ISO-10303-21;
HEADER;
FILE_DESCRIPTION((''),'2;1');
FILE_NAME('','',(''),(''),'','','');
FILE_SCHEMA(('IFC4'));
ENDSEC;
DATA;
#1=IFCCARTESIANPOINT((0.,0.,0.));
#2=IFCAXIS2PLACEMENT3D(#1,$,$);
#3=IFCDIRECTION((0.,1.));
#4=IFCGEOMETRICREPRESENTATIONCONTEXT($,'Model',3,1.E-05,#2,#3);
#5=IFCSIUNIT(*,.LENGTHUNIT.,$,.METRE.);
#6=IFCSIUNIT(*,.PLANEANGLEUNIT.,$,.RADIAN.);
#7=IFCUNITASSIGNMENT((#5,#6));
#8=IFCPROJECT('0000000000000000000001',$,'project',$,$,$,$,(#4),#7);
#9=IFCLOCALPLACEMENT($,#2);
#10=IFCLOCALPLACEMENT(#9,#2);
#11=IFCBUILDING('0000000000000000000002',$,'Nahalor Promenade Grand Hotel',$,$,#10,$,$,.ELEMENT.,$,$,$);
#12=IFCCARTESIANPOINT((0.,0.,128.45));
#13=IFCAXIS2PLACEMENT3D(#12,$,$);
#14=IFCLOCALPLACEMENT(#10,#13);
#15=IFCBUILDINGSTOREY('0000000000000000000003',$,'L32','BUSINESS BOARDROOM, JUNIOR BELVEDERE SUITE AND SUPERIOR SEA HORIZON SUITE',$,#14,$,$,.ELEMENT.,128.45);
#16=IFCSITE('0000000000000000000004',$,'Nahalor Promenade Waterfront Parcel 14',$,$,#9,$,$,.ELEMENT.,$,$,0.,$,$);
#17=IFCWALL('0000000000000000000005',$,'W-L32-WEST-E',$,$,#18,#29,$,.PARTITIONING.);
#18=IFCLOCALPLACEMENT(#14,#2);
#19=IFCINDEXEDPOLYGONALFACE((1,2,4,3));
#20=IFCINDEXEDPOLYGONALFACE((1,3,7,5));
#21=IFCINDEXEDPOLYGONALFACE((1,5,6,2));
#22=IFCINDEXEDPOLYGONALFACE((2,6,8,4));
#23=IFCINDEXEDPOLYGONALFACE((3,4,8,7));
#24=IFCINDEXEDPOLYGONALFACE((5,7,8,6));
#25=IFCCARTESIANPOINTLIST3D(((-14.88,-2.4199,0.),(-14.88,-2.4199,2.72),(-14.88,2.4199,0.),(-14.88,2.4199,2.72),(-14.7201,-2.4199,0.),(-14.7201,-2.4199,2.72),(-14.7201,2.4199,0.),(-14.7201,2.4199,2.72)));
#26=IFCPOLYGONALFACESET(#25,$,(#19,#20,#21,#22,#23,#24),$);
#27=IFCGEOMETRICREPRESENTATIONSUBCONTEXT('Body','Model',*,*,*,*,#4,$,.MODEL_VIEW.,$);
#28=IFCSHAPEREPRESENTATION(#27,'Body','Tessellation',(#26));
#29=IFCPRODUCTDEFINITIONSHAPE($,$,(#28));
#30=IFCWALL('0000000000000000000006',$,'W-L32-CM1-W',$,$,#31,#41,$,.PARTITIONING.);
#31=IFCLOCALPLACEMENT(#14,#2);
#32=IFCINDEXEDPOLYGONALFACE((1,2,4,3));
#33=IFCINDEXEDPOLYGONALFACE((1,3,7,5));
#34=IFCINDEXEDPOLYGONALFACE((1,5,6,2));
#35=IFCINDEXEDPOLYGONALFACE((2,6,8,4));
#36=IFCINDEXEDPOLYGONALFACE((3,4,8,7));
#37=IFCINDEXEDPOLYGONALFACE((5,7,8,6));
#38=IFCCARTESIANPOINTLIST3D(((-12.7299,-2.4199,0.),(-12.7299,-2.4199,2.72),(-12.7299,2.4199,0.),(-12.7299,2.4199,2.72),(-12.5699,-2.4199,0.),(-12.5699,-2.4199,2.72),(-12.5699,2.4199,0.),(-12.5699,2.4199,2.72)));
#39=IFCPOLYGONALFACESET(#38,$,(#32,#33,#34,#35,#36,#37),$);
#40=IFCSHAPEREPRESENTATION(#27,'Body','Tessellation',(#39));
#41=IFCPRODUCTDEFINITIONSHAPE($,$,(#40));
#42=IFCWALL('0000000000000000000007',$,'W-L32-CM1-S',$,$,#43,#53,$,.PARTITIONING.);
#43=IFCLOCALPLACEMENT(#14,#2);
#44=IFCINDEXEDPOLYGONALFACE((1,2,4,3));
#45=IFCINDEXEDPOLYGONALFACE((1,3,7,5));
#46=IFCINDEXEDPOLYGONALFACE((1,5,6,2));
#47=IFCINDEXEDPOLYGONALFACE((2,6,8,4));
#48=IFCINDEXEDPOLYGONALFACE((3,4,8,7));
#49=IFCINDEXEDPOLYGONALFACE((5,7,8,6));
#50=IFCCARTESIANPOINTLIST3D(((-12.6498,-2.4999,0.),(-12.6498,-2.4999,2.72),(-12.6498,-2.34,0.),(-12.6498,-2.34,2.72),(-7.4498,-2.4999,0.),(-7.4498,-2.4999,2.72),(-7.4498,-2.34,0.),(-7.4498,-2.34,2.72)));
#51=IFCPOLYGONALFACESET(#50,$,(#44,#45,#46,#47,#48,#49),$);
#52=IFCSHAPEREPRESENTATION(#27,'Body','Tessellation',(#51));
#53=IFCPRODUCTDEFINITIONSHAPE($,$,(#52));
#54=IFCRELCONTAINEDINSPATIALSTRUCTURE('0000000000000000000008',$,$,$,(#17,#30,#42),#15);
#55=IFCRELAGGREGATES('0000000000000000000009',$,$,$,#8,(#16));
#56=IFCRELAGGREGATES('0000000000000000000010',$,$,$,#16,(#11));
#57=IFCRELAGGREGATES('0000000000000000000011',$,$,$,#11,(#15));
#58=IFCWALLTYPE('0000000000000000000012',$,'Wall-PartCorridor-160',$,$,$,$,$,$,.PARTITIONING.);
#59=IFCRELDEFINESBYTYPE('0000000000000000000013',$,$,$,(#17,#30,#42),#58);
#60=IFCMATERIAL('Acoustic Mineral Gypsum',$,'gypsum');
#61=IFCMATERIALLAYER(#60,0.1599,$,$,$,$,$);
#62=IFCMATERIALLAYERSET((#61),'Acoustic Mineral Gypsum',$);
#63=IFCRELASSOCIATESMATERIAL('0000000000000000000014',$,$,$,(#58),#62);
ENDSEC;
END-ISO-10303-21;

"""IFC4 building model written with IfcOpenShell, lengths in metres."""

from ifc_helpers import new_model, si_unit, direction, frame, frame_2d, origin, place, context, subcontext, project, spatial, rectangle, extrude, source, transform, mapped, material, layer, layer_set, type_object, element, save


model = new_model("IFC4")

# Units and contexts
model_context = context("Model", 3, precision=1e-05, world=origin(), true_north=direction((0.0, 1.0)))
body_context = subcontext(model_context, "Body", "Model", "MODEL_VIEW")
ifc_project = project(units=[si_unit("LENGTHUNIT", "METRE"), si_unit("PLANEANGLEUNIT", "RADIAN")], contexts=[model_context])

# Site, building, storey
site_placement = place(None, origin())
site = spatial("IfcSite", under=ifc_project, at=site_placement, Name="Nahalor Promenade Waterfront Parcel 14", CompositionType="ELEMENT", RefElevation=0.0)
building_placement = place(site_placement, origin())
building = spatial("IfcBuilding", under=site, at=building_placement, Name="Nahalor Promenade Grand Hotel", CompositionType="ELEMENT")
storey_placement = place(building_placement, frame((0.0, 0.0, 128.45)))
storey = spatial("IfcBuildingStorey", under=building, at=storey_placement, Name="L32", Description="BUSINESS BOARDROOM, JUNIOR BELVEDERE SUITE AND SUPERIOR SEA HORIZON SUITE", CompositionType="ELEMENT", Elevation=128.45)

# Shared definitions
ifc_material_1 = material(Name="Acoustic Mineral Gypsum", Category="gypsum")
ifc_layer_1 = layer(ifc_material_1, 0.1599)
ifc_layer_set_1 = layer_set([ifc_layer_1], Name="Acoustic Mineral Gypsum")
wall_type = type_object("IfcWallType", Name="Wall-PartCorridor-160", PredefinedType="PARTITIONING", material=ifc_layer_set_1)

# Walls
shared_shape_1 = source(origin(), body_context, "Body", "SweptSolid", [
    extrude(rectangle(XDim=4.8398, YDim=0.1599, at=frame_2d((2.4199, 0.0))), origin(), (0.0, 0.0, 1.0), 2.72),
])
for number, where, z_axis, x_axis, name in (
    (1, (-14.8, -2.4199, 0.0), (0.0, 0.0, 1.0), (0.0, 1.0, 0.0), "W-L32-WEST-E"),
    (2, (-12.6499, -2.4199, 0.0), (0.0, 0.0, 1.0), (0.0, 1.0, 0.0), "W-L32-CM1-W"),
):
    element("IfcWall", number, at=place(storey_placement, frame(where, z_axis=z_axis, x_axis=x_axis)), inside=storey, type_object=wall_type, Name=name, PredefinedType="PARTITIONING", context=body_context, shape_type="MappedRepresentation", body=[
        mapped(shared_shape_1, transform((0.0, 0.0, 0.0), scale=1.0)),
    ])
shared_shape_2 = source(origin(), body_context, "Body", "SweptSolid", [
    extrude(rectangle(XDim=5.2, YDim=0.1599, at=frame_2d((2.6001, 0.0))), origin(), (0.0, 0.0, 1.0), 2.72),
])
wall_1_placement = place(storey_placement, frame((-12.6499, -2.4199, 0.0), z_axis=(0.0, 0.0, 1.0), x_axis=(1.0, 0.0, 0.0)))
element("IfcWall", 3, at=wall_1_placement, inside=storey, type_object=wall_type, Name="W-L32-CM1-S", PredefinedType="PARTITIONING", context=body_context, shape_type="MappedRepresentation", body=[
    mapped(shared_shape_2, transform((0.0, 0.0, 0.0), scale=1.0)),
])

save(model, "model.ifc")
